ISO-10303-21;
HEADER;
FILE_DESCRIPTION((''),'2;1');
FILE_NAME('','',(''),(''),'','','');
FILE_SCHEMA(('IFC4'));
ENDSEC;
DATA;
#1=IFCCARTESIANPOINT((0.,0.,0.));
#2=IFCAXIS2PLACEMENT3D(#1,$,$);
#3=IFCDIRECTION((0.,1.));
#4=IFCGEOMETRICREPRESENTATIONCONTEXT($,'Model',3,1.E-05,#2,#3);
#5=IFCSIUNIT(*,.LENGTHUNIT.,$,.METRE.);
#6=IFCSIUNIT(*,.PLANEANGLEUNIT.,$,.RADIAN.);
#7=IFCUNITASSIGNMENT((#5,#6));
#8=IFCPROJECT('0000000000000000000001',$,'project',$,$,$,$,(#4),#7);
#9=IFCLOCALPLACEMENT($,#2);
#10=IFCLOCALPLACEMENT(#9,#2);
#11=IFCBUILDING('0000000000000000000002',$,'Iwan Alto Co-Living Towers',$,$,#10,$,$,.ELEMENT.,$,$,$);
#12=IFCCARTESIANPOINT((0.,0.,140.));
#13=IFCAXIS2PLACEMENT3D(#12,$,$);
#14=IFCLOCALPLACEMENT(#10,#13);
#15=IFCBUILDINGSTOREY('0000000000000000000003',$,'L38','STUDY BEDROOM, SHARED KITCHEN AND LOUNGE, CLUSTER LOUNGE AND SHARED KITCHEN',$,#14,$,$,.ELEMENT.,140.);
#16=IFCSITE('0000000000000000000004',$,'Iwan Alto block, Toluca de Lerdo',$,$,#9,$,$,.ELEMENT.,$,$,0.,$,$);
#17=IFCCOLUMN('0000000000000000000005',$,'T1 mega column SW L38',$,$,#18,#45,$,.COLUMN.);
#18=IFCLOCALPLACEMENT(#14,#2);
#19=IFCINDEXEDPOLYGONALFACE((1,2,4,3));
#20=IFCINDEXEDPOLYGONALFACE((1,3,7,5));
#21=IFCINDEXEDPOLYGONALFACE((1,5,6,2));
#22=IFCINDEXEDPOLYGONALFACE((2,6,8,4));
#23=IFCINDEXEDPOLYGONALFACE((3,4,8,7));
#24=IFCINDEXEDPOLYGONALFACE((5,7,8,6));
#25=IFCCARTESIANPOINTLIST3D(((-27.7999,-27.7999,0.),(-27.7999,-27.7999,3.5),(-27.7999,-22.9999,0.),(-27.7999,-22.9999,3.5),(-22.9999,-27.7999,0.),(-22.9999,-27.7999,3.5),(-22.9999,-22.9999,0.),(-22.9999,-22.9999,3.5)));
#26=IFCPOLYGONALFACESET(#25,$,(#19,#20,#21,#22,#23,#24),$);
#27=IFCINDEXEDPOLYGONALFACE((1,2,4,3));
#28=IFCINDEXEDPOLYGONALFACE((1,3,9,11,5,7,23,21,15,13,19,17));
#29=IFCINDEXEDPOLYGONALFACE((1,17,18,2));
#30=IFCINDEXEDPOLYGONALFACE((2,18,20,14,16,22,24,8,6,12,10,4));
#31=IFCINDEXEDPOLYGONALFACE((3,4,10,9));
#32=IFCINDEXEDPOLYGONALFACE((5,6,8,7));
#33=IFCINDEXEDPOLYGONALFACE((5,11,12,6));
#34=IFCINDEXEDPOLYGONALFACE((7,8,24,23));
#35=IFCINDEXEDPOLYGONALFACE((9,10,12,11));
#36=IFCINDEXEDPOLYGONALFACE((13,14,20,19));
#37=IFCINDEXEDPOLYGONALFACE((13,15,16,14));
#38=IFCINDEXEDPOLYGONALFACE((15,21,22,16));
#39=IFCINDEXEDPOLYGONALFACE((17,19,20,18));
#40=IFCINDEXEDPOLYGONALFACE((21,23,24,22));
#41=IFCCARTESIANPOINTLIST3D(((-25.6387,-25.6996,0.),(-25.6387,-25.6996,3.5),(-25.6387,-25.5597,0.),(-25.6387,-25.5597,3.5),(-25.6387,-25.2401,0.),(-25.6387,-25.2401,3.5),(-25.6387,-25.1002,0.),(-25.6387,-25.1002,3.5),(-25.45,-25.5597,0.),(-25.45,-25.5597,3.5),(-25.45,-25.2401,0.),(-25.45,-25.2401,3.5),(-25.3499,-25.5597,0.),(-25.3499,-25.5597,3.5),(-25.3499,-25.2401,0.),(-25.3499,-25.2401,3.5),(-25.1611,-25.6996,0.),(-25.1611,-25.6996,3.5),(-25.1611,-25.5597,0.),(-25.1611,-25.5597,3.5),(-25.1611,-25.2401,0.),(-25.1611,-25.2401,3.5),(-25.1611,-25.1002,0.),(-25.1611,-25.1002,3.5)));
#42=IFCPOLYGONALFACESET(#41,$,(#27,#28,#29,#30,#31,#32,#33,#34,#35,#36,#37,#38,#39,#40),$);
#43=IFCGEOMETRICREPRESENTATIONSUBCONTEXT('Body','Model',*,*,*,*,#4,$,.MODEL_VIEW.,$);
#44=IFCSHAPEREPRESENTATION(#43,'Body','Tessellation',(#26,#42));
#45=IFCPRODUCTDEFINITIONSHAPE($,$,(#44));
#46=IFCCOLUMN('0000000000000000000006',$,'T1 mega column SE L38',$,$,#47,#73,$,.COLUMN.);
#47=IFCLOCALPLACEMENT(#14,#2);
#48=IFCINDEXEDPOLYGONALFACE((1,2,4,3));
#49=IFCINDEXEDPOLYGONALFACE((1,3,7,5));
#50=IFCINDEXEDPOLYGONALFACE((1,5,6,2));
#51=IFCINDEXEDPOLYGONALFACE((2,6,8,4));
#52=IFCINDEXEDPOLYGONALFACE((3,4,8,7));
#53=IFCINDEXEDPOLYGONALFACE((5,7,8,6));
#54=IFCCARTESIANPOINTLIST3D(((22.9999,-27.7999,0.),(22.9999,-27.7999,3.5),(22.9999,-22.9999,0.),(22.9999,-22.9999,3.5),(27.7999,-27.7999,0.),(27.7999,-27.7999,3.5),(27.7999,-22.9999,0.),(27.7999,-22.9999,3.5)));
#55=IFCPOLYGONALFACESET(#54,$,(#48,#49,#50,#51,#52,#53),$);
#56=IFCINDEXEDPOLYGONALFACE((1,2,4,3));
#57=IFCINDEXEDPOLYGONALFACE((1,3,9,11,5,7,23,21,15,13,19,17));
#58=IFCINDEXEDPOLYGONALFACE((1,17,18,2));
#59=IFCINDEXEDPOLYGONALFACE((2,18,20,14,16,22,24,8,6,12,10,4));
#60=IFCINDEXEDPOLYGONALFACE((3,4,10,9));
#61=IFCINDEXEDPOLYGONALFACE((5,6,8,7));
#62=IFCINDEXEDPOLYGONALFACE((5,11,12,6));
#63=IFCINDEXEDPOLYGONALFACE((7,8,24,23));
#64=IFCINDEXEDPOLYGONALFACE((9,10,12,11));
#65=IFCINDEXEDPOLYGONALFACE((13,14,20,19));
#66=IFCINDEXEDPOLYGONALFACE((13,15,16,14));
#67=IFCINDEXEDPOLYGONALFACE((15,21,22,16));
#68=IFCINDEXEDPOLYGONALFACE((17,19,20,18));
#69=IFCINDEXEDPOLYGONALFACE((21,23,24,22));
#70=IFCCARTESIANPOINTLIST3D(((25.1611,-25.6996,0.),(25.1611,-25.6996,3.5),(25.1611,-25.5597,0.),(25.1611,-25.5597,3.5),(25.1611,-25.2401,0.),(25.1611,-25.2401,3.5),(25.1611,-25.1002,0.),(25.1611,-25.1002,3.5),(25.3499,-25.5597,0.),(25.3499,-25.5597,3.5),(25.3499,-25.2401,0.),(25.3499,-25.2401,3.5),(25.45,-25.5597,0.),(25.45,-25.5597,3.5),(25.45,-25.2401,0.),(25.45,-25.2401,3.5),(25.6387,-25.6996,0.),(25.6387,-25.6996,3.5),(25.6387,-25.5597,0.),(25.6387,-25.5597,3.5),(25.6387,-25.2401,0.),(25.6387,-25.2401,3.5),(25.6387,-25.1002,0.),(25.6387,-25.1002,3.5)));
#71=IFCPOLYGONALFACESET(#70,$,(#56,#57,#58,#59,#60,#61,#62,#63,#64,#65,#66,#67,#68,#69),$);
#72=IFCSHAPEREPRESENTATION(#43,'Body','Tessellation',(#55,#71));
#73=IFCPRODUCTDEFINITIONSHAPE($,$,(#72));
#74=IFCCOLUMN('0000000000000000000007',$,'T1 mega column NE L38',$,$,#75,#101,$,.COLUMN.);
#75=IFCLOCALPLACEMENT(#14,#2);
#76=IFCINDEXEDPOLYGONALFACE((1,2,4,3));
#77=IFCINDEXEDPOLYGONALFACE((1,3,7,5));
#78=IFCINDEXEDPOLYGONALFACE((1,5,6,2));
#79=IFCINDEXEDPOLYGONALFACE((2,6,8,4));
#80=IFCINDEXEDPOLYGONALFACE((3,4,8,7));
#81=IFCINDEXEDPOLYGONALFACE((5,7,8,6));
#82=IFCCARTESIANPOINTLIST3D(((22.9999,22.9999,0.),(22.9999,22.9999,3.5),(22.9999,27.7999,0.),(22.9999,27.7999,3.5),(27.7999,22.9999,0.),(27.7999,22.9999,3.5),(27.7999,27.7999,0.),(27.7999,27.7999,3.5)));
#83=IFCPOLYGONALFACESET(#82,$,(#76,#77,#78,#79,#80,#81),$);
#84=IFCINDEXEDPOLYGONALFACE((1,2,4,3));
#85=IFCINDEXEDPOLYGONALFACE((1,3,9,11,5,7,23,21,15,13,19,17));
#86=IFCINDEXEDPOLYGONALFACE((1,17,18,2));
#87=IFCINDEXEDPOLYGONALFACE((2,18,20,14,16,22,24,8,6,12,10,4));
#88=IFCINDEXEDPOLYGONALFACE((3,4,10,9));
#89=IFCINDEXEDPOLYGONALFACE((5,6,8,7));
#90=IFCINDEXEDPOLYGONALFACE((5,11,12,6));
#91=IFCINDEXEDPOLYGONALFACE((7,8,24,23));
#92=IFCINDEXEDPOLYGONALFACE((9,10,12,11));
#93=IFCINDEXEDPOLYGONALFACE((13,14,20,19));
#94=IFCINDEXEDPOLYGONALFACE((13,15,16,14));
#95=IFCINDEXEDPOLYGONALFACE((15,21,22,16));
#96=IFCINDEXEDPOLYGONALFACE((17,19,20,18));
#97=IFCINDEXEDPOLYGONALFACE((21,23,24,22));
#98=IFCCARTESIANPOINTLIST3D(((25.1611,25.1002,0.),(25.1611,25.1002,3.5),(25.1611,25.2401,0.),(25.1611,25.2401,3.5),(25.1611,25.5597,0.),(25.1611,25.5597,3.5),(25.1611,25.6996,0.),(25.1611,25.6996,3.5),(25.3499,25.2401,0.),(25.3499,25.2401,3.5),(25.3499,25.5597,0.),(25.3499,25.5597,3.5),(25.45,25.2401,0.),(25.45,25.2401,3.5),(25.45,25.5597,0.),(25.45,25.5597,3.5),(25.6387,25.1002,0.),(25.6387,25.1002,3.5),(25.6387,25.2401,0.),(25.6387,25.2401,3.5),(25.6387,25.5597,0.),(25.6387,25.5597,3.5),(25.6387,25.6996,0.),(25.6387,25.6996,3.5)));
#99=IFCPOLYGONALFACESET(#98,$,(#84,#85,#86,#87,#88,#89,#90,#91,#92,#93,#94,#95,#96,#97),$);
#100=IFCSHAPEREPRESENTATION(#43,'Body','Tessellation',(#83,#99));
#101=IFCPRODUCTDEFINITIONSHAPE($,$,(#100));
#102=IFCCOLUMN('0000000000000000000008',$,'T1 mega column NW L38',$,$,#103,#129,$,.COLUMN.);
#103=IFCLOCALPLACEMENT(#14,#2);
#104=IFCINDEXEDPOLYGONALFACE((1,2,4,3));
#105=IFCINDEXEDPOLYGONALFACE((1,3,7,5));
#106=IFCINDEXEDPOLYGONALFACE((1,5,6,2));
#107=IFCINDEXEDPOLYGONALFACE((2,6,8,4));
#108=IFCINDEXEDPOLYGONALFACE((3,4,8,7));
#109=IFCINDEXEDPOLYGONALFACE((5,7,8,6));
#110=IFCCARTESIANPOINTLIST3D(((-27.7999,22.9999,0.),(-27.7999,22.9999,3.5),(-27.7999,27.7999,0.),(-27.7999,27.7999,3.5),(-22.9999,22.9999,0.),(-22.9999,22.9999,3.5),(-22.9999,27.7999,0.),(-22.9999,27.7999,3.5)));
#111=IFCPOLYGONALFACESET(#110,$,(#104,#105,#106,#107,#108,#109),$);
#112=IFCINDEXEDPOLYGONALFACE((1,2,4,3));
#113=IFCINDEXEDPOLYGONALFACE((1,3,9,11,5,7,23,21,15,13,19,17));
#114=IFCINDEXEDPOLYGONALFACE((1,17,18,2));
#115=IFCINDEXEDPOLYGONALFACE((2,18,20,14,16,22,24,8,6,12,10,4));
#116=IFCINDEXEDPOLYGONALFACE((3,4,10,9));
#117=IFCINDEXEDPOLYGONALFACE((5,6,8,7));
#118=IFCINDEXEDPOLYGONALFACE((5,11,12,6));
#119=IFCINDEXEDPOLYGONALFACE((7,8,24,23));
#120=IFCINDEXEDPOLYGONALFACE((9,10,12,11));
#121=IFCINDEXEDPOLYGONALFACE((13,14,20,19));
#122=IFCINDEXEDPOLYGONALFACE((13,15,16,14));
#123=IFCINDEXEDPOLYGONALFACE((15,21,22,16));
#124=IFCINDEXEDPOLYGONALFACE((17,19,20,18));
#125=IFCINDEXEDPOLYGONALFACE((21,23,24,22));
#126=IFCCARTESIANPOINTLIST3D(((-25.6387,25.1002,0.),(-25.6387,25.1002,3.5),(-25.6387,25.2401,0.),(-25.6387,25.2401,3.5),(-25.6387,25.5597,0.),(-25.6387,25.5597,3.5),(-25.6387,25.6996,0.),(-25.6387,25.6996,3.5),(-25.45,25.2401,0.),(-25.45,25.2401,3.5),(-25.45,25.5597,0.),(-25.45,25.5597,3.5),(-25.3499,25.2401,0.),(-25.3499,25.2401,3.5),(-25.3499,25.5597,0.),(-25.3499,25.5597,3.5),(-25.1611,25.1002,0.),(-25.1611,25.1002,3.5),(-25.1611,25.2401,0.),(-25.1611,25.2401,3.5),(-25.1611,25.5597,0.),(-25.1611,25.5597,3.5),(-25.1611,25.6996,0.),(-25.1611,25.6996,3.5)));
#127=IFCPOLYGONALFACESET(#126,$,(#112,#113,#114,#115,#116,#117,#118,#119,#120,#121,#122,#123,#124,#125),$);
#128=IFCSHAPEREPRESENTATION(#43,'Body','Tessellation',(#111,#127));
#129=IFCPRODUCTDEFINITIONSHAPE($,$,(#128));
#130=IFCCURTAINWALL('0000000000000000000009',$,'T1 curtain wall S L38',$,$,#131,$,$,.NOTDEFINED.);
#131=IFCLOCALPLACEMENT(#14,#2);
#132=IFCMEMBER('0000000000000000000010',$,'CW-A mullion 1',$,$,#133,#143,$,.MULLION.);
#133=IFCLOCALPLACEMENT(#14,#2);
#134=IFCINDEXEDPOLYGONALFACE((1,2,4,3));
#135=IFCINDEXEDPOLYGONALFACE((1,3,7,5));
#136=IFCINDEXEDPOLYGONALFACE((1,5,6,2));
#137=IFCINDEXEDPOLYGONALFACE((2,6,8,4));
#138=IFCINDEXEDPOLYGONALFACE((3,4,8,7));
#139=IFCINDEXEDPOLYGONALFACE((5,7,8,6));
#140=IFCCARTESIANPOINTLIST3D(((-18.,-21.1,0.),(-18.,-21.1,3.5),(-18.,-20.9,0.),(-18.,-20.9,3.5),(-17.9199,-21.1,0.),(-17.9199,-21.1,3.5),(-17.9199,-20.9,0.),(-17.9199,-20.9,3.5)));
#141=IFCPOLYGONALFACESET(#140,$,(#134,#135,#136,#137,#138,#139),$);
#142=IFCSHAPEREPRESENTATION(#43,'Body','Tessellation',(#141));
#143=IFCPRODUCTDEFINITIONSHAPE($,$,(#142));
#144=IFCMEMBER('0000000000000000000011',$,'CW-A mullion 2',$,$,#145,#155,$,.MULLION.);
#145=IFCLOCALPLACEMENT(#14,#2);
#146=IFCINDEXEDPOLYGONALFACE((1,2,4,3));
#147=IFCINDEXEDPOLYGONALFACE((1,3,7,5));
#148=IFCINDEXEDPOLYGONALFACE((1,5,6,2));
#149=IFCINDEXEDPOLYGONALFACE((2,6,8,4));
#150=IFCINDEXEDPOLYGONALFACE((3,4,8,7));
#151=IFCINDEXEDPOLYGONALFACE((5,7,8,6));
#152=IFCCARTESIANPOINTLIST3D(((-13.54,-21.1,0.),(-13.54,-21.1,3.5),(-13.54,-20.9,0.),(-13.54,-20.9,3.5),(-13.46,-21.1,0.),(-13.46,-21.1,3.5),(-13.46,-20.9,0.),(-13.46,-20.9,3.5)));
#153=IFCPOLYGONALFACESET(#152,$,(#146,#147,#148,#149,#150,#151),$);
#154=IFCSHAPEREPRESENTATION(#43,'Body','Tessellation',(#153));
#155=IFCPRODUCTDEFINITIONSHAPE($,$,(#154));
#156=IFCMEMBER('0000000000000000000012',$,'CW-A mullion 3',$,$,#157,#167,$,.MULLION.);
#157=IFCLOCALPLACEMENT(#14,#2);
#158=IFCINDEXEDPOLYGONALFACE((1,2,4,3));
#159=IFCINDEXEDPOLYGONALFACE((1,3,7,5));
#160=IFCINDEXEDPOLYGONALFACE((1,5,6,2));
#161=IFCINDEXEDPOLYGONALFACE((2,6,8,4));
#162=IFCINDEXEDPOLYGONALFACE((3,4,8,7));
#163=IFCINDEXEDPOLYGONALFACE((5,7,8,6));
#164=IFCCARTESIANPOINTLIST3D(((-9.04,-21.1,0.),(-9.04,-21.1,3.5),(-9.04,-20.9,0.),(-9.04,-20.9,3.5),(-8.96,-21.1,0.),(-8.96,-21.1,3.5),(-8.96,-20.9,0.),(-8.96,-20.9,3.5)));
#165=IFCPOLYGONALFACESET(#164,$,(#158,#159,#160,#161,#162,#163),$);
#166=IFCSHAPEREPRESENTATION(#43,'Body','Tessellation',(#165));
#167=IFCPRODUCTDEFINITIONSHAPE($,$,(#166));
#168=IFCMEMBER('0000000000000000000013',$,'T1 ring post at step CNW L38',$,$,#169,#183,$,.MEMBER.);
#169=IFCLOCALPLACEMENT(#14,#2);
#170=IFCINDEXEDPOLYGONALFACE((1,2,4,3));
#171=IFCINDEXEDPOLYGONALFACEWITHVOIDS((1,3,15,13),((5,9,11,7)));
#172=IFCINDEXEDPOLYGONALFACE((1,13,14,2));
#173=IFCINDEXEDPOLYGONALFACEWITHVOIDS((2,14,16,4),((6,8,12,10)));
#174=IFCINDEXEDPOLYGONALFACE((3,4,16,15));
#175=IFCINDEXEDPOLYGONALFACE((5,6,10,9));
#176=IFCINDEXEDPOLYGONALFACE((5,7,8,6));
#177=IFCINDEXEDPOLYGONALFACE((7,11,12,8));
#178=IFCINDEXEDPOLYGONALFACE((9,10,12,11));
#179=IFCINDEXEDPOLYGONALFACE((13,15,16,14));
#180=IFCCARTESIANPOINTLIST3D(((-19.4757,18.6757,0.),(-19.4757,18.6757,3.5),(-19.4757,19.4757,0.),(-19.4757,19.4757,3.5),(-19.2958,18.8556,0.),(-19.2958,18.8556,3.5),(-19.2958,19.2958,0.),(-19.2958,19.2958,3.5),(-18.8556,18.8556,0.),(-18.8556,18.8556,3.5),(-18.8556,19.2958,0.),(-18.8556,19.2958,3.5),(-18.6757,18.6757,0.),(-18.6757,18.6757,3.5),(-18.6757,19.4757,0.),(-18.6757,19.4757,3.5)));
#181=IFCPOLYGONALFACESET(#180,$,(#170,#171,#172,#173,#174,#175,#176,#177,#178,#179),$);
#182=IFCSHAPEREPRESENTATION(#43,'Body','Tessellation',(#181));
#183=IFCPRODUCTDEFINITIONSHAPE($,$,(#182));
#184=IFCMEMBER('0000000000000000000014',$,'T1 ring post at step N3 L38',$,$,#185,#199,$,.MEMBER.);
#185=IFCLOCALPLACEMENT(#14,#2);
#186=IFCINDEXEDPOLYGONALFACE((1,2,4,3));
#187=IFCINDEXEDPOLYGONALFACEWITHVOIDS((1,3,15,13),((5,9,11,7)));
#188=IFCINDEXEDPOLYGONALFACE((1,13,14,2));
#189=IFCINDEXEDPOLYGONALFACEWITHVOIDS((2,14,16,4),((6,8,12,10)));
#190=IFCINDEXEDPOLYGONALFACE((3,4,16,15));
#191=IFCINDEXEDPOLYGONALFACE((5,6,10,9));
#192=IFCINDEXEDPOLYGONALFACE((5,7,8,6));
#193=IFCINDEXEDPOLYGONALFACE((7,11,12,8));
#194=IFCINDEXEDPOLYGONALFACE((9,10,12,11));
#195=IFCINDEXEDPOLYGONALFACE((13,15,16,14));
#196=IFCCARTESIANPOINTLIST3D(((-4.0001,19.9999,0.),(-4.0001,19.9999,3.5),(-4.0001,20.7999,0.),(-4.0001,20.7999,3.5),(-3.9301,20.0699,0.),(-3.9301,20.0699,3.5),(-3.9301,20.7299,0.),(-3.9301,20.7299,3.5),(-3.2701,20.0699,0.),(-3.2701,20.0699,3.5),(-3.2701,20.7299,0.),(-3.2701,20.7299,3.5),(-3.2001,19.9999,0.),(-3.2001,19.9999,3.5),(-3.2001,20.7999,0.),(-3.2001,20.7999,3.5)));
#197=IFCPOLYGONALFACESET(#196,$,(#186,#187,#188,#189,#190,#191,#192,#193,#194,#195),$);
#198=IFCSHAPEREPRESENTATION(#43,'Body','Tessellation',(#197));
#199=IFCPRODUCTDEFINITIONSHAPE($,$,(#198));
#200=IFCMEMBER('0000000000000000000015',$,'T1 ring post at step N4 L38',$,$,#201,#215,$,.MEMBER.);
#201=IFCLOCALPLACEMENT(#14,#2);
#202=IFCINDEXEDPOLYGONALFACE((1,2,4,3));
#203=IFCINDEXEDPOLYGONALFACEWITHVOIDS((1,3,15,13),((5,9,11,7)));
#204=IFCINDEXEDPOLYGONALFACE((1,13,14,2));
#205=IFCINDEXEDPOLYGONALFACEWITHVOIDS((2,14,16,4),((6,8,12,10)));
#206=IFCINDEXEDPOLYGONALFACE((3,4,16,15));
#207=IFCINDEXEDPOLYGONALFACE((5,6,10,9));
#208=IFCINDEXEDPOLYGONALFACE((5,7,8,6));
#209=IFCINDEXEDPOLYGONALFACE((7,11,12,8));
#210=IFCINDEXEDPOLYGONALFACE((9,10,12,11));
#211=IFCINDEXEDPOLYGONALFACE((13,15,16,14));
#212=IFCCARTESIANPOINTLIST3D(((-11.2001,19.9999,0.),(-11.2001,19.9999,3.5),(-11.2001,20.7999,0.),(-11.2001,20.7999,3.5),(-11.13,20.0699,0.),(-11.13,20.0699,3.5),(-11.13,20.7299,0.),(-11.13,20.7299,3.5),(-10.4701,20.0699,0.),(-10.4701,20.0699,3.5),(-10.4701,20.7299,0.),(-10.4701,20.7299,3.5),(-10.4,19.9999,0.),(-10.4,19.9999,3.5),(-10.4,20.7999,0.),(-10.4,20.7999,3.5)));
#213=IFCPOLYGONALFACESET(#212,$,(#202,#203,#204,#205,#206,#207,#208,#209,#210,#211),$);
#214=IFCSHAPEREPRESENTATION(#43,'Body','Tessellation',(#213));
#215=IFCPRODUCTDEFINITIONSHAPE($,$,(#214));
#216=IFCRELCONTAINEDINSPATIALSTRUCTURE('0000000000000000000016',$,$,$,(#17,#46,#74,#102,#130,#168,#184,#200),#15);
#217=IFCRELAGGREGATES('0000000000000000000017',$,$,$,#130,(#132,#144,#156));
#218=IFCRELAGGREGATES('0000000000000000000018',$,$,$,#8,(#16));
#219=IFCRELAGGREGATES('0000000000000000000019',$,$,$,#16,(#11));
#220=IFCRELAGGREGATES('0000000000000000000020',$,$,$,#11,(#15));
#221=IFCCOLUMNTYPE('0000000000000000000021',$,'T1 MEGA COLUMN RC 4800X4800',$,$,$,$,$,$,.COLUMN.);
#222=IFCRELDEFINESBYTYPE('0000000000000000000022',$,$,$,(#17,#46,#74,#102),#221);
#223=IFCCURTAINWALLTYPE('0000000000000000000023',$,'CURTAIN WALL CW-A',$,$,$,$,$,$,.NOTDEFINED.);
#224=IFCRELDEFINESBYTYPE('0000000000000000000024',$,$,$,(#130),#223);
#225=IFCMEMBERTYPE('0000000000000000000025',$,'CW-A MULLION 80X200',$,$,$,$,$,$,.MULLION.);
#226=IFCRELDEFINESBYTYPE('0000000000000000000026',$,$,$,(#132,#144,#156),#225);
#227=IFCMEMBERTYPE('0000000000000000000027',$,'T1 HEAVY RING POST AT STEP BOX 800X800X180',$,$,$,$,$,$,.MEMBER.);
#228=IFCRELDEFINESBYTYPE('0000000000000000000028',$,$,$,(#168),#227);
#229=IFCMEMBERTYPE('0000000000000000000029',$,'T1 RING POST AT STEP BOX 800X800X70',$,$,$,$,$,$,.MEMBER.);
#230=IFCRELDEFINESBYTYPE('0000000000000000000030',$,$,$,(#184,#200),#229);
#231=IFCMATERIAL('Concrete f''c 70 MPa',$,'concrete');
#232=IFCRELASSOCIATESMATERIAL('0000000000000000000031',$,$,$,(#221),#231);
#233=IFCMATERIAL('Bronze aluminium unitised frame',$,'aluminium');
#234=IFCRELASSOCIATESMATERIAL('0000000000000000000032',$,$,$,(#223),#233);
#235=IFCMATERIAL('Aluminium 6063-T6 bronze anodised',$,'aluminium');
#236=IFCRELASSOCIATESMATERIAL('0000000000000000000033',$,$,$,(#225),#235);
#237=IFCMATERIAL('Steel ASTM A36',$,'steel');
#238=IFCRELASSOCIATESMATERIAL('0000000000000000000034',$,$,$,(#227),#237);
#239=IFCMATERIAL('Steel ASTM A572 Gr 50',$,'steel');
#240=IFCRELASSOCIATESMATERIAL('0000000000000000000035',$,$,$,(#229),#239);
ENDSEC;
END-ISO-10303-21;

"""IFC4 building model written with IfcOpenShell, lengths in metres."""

from ifc_helpers import new_model, si_unit, direction, frame, origin, origin_2d, place, context, subcontext, project, spatial, rectangle, hollow_rectangle, i_section, extrude, material, material_profile, profile_set, type_object, element, aggregate, save


model = new_model("IFC4")

# Units and contexts
model_context = context("Model", 3, precision=1e-05, world=origin(), true_north=direction((0.0, 1.0)))
body_context = subcontext(model_context, "Body", "Model", "MODEL_VIEW")
ifc_project = project(units=[si_unit("LENGTHUNIT", "METRE"), si_unit("PLANEANGLEUNIT", "RADIAN")], contexts=[model_context])

# Site, building, storey
site_placement = place(None, origin())
site = spatial("IfcSite", under=ifc_project, at=site_placement, Name="Iwan Alto block, Toluca de Lerdo", CompositionType="ELEMENT", RefElevation=0.0)
building_placement = place(site_placement, origin())
building = spatial("IfcBuilding", under=site, at=building_placement, Name="Iwan Alto Co-Living Towers", CompositionType="ELEMENT")
storey_placement = place(building_placement, frame((0.0, 0.0, 140.0)))
storey = spatial("IfcBuildingStorey", under=building, at=storey_placement, Name="L38", Description="STUDY BEDROOM, SHARED KITCHEN AND LOUNGE, CLUSTER LOUNGE AND SHARED KITCHEN", CompositionType="ELEMENT", Elevation=140.0)

# Columns
ifc_material_1 = material(Name="Concrete f'c 70 MPa", Category="concrete")
ifc_material_profile_1 = material_profile(ifc_material_1, rectangle(XDim=4.8, YDim=4.8, at=origin_2d()), Name="RC 4800X4800")
ifc_profile_set_1 = profile_set([ifc_material_profile_1], Name="Concrete f'c 70 MPa")
column_type = type_object("IfcColumnType", Name="T1 MEGA COLUMN RC 4800X4800", PredefinedType="COLUMN", material=ifc_profile_set_1)
for number, where, z_axis, x_axis, name in (
    (1, (-25.3999, -25.3999, 0.0), (0.0, 0.0, 1.0), (1.0, 0.0, 0.0), "T1 mega column SW L38"),
    (2, (25.3999, -25.3999, 0.0), (0.0, 0.0, 1.0), (1.0, 0.0, 0.0), "T1 mega column SE L38"),
    (3, (25.3999, 25.3999, 0.0), (0.0, 0.0, 1.0), (1.0, 0.0, 0.0), "T1 mega column NE L38"),
    (4, (-25.3999, 25.3999, 0.0), (0.0, 0.0, 1.0), (1.0, 0.0, 0.0), "T1 mega column NW L38"),
):
    element("IfcColumn", number, at=place(storey_placement, frame(where, z_axis=z_axis, x_axis=x_axis)), inside=storey, type_object=column_type, Name=name, PredefinedType="COLUMN", context=body_context, shape_type="SweptSolid", body=[
        extrude(rectangle(XDim=4.8, YDim=4.8, at=origin_2d()), origin(), (0.0, 0.0, 1.0), 3.5),
        extrude(i_section(OverallWidth=0.4775, OverallDepth=0.5994, WebThickness=0.1001, FlangeThickness=0.1399, at=origin_2d()), origin(), (0.0, 0.0, 1.0), 3.5),
    ])

# Curtain wall, members
ifc_material_2 = material(Name="Bronze aluminium unitised frame", Category="aluminium")
curtain_wall_type = type_object("IfcCurtainWallType", Name="CURTAIN WALL CW-A", PredefinedType="NOTDEFINED", material=ifc_material_2)
curtain_wall_placement = place(storey_placement, origin())
curtain_wall = element("IfcCurtainWall", 5, at=curtain_wall_placement, inside=storey, type_object=curtain_wall_type, Name="T1 curtain wall S L38", PredefinedType="NOTDEFINED")
ifc_material_3 = material(Name="Aluminium 6063-T6 bronze anodised", Category="aluminium")
ifc_material_profile_2 = material_profile(ifc_material_3, rectangle(XDim=0.2, YDim=0.0801, at=origin_2d()), Name="AL 80X200")
ifc_profile_set_2 = profile_set([ifc_material_profile_2], Name="Aluminium 6063-T6 bronze anodised")
member_type_1 = type_object("IfcMemberType", Name="CW-A MULLION 80X200", PredefinedType="MULLION", material=ifc_profile_set_2)
member_1_placement = place(storey_placement, frame((-17.96, -21.0, 0.0), z_axis=(0.0, 0.0, 1.0), x_axis=(0.0, 1.0, 0.0)))
member_1 = element("IfcMember", 6, at=member_1_placement, type_object=member_type_1, Name="CW-A mullion 1", PredefinedType="MULLION", context=body_context, shape_type="SweptSolid", body=[
    extrude(rectangle(XDim=0.2, YDim=0.0801, at=origin_2d()), origin(), (0.0, 0.0, 1.0), 3.5),
])
member_2_placement = place(storey_placement, frame((-13.5, -21.0, 0.0), z_axis=(0.0, 0.0, 1.0), x_axis=(0.0, 1.0, 0.0)))
member_2 = element("IfcMember", 7, at=member_2_placement, type_object=member_type_1, Name="CW-A mullion 2", PredefinedType="MULLION", context=body_context, shape_type="SweptSolid", body=[
    extrude(rectangle(XDim=0.2, YDim=0.0801, at=origin_2d()), origin(), (0.0, 0.0, 1.0), 3.5),
])
member_3_placement = place(storey_placement, frame((-9.0, -21.0, 0.0), z_axis=(0.0, 0.0, 1.0), x_axis=(0.0, 1.0, 0.0)))
member_3 = element("IfcMember", 8, at=member_3_placement, type_object=member_type_1, Name="CW-A mullion 3", PredefinedType="MULLION", context=body_context, shape_type="SweptSolid", body=[
    extrude(rectangle(XDim=0.2, YDim=0.0801, at=origin_2d()), origin(), (0.0, 0.0, 1.0), 3.5),
])
aggregate(curtain_wall, [member_1, member_2, member_3])

# Members
ifc_material_4 = material(Name="Steel ASTM A36", Category="steel")
ifc_material_profile_3 = material_profile(ifc_material_4, hollow_rectangle(XDim=0.8, YDim=0.8, WallThickness=0.1799, at=origin_2d()), Name="BOX 800X800X180")
ifc_profile_set_3 = profile_set([ifc_material_profile_3], Name="Steel ASTM A36")
member_type_2 = type_object("IfcMemberType", Name="T1 HEAVY RING POST AT STEP BOX 800X800X180", PredefinedType="MEMBER", material=ifc_profile_set_3)
member_4_placement = place(storey_placement, frame((-19.0757, 19.0757, 0.0), z_axis=(0.0, 0.0, 1.0), x_axis=(1.0, 0.0, 0.0)))
element("IfcMember", 9, at=member_4_placement, inside=storey, type_object=member_type_2, Name="T1 ring post at step CNW L38", PredefinedType="MEMBER", context=body_context, shape_type="SweptSolid", body=[
    extrude(hollow_rectangle(XDim=0.8, YDim=0.8, WallThickness=0.1799, at=origin_2d()), origin(), (0.0, 0.0, 1.0), 3.5),
])
ifc_material_5 = material(Name="Steel ASTM A572 Gr 50", Category="steel")
ifc_material_profile_4 = material_profile(ifc_material_5, hollow_rectangle(XDim=0.8, YDim=0.8, WallThickness=0.0701, at=origin_2d()), Name="BOX 800X800X70")
ifc_profile_set_4 = profile_set([ifc_material_profile_4], Name="Steel ASTM A572 Gr 50")
member_type_3 = type_object("IfcMemberType", Name="T1 RING POST AT STEP BOX 800X800X70", PredefinedType="MEMBER", material=ifc_profile_set_4)
for number, where, z_axis, x_axis, name in (
    (10, (-3.6001, 20.3999, 0.0), (0.0, 0.0, 1.0), (1.0, 0.0, 0.0), "T1 ring post at step N3 L38"),
    (11, (-10.8, 20.3999, 0.0), (0.0, 0.0, 1.0), (1.0, 0.0, 0.0), "T1 ring post at step N4 L38"),
):
    element("IfcMember", number, at=place(storey_placement, frame(where, z_axis=z_axis, x_axis=x_axis)), inside=storey, type_object=member_type_3, Name=name, PredefinedType="MEMBER", context=body_context, shape_type="SweptSolid", body=[
        extrude(hollow_rectangle(XDim=0.8, YDim=0.8, WallThickness=0.0701, at=origin_2d()), origin(), (0.0, 0.0, 1.0), 3.5),
    ])

save(model, "model.ifc")
